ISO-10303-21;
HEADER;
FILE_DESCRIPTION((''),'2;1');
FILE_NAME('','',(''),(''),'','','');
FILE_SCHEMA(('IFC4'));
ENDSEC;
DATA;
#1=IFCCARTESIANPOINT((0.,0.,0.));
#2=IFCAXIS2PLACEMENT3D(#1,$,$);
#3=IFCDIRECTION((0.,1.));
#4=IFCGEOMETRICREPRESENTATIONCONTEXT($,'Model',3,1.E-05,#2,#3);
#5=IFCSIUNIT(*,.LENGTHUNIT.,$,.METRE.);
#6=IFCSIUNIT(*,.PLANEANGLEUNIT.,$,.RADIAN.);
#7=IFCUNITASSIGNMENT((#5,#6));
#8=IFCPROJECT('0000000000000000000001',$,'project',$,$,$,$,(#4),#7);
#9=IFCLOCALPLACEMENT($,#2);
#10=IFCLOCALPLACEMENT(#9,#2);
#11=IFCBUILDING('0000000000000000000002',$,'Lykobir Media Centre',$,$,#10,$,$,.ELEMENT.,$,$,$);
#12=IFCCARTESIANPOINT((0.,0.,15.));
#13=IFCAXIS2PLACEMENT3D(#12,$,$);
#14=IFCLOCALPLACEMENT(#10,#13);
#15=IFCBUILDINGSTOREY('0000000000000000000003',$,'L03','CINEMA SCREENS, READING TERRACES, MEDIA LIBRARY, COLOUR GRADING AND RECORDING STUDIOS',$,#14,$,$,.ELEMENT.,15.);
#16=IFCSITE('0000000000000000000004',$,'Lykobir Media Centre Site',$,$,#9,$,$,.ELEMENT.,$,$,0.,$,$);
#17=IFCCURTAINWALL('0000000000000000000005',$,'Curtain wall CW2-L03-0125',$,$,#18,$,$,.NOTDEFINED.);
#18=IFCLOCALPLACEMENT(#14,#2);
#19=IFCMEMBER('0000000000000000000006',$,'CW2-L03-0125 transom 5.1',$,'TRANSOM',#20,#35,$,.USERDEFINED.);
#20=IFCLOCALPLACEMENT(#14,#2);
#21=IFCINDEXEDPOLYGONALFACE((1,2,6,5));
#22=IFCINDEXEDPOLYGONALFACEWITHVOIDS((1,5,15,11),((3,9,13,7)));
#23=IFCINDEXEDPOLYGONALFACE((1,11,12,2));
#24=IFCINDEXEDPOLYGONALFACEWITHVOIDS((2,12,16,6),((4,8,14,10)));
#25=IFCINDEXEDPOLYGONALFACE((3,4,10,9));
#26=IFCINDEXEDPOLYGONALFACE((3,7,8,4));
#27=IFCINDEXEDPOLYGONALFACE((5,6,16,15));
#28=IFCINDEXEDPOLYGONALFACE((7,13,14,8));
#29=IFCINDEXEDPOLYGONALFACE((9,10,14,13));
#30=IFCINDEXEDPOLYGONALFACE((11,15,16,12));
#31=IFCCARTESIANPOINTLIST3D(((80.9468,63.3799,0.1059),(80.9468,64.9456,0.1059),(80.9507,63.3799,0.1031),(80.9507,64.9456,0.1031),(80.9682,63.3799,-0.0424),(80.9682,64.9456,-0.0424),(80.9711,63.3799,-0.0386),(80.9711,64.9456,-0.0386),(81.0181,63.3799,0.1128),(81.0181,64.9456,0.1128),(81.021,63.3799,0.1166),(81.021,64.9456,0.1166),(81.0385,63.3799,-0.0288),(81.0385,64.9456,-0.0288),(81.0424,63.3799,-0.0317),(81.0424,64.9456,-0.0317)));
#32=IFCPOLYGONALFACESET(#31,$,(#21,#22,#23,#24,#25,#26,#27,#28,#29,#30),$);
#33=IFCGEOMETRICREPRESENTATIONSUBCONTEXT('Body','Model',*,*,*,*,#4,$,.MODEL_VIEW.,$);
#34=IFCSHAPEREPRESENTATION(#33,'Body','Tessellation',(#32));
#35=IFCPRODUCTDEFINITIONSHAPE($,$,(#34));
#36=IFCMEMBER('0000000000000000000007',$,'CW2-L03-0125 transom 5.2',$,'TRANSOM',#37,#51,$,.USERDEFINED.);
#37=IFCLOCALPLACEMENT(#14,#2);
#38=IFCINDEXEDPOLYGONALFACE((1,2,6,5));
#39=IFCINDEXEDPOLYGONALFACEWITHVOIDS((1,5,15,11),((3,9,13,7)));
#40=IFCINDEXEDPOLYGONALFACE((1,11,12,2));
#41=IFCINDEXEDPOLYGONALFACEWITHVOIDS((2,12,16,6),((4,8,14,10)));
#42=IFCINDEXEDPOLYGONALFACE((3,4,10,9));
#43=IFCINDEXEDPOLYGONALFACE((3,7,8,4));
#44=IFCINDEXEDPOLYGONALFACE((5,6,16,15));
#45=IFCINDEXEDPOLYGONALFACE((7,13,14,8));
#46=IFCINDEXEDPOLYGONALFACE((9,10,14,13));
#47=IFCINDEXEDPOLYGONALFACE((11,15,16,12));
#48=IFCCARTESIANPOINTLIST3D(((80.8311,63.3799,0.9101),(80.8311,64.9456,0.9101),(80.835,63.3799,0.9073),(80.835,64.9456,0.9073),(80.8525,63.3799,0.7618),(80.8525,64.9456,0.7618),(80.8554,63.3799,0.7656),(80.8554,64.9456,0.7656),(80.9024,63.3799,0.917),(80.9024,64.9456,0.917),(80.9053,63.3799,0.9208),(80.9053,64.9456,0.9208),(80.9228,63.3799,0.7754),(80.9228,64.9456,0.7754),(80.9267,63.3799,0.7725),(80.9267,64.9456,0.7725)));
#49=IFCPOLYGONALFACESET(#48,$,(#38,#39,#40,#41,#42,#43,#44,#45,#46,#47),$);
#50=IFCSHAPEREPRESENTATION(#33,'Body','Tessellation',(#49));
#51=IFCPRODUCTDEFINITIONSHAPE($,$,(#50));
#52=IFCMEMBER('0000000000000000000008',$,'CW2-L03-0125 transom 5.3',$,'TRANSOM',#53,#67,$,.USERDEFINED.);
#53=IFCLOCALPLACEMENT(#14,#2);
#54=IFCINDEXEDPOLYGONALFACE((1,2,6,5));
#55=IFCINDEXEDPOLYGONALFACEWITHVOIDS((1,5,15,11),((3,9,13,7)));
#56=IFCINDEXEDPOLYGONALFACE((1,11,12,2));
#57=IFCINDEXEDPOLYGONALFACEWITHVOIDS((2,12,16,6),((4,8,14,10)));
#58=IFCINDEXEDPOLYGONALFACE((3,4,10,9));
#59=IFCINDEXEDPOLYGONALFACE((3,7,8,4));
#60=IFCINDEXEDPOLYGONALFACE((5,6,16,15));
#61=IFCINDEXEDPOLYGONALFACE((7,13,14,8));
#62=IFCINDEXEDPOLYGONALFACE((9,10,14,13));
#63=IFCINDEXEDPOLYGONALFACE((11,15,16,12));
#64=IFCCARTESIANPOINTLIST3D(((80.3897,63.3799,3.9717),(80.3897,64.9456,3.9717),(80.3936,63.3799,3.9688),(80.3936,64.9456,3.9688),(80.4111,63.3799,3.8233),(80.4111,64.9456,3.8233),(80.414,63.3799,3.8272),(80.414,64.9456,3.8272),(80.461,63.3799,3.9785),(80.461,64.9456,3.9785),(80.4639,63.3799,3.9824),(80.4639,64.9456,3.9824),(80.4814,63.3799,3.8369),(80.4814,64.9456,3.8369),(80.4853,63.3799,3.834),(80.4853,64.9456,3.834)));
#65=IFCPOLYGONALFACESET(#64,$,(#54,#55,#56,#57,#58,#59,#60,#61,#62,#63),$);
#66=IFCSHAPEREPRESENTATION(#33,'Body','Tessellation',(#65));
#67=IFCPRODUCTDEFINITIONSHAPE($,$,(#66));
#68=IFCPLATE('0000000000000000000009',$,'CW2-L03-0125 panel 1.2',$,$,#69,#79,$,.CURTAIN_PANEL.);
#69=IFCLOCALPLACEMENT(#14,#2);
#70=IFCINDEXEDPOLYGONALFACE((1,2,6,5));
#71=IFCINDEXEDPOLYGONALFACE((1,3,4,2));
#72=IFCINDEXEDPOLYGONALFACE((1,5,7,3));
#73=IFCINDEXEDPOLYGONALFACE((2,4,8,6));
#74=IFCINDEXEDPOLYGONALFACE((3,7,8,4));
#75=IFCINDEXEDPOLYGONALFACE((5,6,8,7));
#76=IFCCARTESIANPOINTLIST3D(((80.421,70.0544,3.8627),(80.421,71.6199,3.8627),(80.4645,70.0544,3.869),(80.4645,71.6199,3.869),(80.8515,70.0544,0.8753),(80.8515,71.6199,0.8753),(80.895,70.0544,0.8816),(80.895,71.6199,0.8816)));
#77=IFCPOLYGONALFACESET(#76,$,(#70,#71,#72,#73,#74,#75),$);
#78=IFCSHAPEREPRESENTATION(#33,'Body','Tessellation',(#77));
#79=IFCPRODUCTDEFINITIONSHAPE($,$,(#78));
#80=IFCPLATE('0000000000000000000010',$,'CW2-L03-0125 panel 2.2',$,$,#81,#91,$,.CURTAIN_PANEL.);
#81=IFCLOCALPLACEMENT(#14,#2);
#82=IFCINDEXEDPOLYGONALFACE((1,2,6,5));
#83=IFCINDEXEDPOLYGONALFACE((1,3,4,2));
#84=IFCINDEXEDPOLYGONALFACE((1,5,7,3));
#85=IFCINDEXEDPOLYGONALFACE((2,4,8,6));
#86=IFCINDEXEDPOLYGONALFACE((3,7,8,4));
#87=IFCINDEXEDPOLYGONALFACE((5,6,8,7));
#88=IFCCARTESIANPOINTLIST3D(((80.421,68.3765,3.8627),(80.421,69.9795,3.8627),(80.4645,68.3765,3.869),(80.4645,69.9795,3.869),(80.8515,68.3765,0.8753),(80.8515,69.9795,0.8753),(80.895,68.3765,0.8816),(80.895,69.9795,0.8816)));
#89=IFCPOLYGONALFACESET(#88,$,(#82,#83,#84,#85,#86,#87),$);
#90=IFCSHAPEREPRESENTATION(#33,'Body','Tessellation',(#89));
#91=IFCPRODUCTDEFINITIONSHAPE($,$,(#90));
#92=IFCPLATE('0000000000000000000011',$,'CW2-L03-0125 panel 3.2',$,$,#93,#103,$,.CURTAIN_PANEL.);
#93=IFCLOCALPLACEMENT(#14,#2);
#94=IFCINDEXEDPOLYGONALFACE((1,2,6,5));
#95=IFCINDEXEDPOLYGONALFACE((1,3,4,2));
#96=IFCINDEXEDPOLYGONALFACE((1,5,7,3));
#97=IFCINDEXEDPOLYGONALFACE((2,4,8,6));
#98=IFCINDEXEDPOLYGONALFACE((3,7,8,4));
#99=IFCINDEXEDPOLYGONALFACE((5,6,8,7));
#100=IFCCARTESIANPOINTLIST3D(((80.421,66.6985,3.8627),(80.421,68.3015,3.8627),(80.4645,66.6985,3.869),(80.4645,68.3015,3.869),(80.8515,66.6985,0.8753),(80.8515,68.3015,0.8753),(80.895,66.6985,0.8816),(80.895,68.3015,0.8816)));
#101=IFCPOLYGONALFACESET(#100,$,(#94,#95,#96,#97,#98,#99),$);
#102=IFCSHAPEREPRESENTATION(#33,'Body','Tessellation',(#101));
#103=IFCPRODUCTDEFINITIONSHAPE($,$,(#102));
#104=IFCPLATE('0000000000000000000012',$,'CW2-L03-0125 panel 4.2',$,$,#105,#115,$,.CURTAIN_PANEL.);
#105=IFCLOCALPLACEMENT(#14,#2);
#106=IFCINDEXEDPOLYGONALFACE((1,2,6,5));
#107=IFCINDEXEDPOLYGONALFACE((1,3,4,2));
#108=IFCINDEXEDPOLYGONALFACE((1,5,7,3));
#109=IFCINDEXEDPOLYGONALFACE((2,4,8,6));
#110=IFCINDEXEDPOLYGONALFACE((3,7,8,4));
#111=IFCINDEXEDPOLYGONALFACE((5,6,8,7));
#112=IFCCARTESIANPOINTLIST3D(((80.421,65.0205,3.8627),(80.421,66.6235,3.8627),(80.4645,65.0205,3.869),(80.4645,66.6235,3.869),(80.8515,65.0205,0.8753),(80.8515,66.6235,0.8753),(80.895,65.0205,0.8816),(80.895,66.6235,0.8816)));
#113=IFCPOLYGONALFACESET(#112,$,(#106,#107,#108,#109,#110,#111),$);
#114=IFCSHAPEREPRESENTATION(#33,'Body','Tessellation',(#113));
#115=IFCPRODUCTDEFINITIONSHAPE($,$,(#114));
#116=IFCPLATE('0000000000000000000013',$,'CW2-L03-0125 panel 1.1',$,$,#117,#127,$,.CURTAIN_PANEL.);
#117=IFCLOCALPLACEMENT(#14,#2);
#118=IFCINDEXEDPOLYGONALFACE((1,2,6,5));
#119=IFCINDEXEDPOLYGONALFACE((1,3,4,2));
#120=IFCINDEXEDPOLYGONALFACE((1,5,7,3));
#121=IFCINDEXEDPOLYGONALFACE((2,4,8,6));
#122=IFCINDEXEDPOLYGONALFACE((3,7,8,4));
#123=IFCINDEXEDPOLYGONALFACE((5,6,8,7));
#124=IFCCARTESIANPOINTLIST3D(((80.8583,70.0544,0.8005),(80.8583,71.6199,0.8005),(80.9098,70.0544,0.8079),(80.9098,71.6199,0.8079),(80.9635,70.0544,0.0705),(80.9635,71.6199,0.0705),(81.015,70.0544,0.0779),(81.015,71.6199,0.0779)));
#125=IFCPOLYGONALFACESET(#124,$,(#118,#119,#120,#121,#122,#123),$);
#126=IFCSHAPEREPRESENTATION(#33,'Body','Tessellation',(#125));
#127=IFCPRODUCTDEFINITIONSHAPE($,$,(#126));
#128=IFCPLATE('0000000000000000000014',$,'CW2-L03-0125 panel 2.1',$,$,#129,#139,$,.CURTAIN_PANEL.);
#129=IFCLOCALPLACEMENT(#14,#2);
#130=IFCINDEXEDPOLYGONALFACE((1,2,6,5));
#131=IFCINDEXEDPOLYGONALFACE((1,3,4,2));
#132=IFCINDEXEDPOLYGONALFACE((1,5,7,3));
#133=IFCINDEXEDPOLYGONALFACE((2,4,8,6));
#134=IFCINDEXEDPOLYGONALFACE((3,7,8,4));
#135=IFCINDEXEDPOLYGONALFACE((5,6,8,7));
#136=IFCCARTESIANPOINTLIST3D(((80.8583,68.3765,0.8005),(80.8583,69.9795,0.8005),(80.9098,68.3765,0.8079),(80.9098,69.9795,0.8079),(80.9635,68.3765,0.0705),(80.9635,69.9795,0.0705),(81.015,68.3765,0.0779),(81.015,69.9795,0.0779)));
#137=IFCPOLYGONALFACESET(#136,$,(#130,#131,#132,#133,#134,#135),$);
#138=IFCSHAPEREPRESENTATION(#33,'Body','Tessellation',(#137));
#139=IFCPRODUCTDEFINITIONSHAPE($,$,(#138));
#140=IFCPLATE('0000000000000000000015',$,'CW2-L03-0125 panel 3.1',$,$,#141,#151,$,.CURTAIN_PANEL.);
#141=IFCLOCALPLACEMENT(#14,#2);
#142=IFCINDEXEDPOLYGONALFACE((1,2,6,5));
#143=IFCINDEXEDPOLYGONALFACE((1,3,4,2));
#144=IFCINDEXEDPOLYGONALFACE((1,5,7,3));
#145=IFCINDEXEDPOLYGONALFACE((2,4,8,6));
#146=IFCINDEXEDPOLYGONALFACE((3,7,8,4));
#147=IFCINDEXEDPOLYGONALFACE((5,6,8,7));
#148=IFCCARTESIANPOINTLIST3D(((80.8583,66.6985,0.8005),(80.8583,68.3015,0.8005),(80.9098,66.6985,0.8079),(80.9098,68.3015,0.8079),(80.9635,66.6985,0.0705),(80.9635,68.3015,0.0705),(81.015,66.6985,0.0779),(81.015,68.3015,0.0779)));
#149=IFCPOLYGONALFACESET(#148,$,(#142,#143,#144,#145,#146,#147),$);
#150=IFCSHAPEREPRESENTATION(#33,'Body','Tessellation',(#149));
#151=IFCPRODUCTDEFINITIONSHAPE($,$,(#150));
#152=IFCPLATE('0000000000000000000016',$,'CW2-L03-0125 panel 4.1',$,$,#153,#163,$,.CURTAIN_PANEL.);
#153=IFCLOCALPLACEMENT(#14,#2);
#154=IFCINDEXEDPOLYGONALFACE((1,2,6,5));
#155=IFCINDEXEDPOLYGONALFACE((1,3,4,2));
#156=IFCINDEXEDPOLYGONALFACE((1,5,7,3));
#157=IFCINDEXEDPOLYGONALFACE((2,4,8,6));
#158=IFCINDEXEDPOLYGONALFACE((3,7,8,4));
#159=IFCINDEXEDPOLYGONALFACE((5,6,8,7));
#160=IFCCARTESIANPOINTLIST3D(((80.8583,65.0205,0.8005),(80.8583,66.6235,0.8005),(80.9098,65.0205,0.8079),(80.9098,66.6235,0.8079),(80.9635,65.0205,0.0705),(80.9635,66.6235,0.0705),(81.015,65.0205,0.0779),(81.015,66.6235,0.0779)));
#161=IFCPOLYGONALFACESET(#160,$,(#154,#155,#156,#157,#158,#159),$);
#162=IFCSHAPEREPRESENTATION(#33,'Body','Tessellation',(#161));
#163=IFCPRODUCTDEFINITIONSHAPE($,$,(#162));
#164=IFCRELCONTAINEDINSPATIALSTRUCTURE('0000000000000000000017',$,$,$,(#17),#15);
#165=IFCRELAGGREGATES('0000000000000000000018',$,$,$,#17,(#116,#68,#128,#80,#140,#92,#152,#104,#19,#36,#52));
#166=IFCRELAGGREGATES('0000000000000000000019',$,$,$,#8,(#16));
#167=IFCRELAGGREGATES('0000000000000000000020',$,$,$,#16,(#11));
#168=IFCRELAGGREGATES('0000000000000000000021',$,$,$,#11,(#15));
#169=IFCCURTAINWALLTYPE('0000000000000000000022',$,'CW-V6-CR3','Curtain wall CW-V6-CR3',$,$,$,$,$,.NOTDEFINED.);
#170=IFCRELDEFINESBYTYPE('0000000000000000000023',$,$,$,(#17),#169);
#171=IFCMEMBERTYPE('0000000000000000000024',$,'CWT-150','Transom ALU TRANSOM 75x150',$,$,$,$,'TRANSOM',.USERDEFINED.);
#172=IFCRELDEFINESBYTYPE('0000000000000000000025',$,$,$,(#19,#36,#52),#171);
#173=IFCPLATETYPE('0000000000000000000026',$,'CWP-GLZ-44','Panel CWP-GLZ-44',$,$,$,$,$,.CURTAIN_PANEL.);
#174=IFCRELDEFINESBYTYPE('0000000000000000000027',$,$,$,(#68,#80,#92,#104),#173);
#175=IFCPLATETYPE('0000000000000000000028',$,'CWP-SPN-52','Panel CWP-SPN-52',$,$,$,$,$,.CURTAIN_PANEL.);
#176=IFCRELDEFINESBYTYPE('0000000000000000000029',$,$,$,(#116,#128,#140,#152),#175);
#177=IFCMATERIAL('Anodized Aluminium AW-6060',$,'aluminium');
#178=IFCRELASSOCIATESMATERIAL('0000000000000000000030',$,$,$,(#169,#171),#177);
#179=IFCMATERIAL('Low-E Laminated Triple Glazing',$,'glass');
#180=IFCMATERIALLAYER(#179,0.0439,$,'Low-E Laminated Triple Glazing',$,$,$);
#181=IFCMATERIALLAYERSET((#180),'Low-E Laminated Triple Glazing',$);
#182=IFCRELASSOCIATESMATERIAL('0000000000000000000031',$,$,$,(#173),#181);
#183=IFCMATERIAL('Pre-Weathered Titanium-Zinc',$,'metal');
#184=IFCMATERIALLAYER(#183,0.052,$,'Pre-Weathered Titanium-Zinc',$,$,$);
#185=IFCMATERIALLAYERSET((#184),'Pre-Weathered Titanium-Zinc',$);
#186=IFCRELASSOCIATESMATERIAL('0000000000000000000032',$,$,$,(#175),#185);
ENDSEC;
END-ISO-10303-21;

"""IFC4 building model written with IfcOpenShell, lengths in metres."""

from ifc_helpers import new_model, si_unit, direction, frame, origin, origin_2d, place, context, subcontext, project, spatial, rectangle, hollow_rectangle, extrude, material, layer, layer_set, material_profile, profile_set, type_object, element, aggregate, save


model = new_model("IFC4")

# Units and contexts
model_context = context("Model", 3, precision=1e-05, world=origin(), true_north=direction((0.0, 1.0)))
body_context = subcontext(model_context, "Body", "Model", "MODEL_VIEW")
ifc_project = project(units=[si_unit("LENGTHUNIT", "METRE"), si_unit("PLANEANGLEUNIT", "RADIAN")], contexts=[model_context])

# Site, building, storey
site_placement = place(None, origin())
site = spatial("IfcSite", under=ifc_project, at=site_placement, Name="Lykobir Media Centre Site", CompositionType="ELEMENT", RefElevation=0.0)
building_placement = place(site_placement, origin())
building = spatial("IfcBuilding", under=site, at=building_placement, Name="Lykobir Media Centre", CompositionType="ELEMENT")
storey_placement = place(building_placement, frame((0.0, 0.0, 15.0)))
storey = spatial("IfcBuildingStorey", under=building, at=storey_placement, Name="L03", Description="CINEMA SCREENS, READING TERRACES, MEDIA LIBRARY, COLOUR GRADING AND RECORDING STUDIOS", CompositionType="ELEMENT", Elevation=15.0)

# Curtain wall, members, plates
ifc_material_1 = material(Name="Anodized Aluminium AW-6060", Category="aluminium")
curtain_wall_type = type_object("IfcCurtainWallType", Name="CW-V6-CR3", Description="Curtain wall CW-V6-CR3", PredefinedType="NOTDEFINED", material=ifc_material_1)
curtain_wall_placement = place(storey_placement, origin())
curtain_wall = element("IfcCurtainWall", 1, at=curtain_wall_placement, inside=storey, type_object=curtain_wall_type, Name="Curtain wall CW2-L03-0125", PredefinedType="NOTDEFINED")
ifc_material_profile_1 = material_profile(ifc_material_1, hollow_rectangle(XDim=0.075, YDim=0.1499, WallThickness=0.0034, at=origin_2d()), Name="ALU TRANSOM 75x150")
ifc_profile_set_1 = profile_set([ifc_material_profile_1], Name="Anodized Aluminium AW-6060")
member_type_1 = type_object("IfcMemberType", Name="CWT-150", Description="Transom ALU TRANSOM 75x150", ElementType="TRANSOM", PredefinedType="USERDEFINED", material=ifc_profile_set_1)
member_1_placement = place(storey_placement, frame((80.9946, 64.9456, 0.0371), z_axis=(0.0, -1.0, 0.0), x_axis=(0.989776, 0.0, 0.142629)))
member_1 = element("IfcMember", 2, at=member_1_placement, type_object=member_type_1, Name="CW2-L03-0125 transom 5.1", ObjectType="TRANSOM", PredefinedType="USERDEFINED", context=body_context, shape_type="SweptSolid", body=[
    extrude(hollow_rectangle(XDim=0.075, YDim=0.1499, WallThickness=0.0034, at=origin_2d()), origin(), (0.0, 0.0, 1.0), 1.5657),
])
member_2_placement = place(storey_placement, frame((80.8789, 64.9456, 0.8413), z_axis=(0.0, -1.0, 0.0), x_axis=(0.989776, 0.0, 0.142629)))
member_2 = element("IfcMember", 3, at=member_2_placement, type_object=member_type_1, Name="CW2-L03-0125 transom 5.2", ObjectType="TRANSOM", PredefinedType="USERDEFINED", context=body_context, shape_type="SweptSolid", body=[
    extrude(hollow_rectangle(XDim=0.075, YDim=0.1499, WallThickness=0.0034, at=origin_2d()), origin(), (0.0, 0.0, 1.0), 1.5657),
])
member_3_placement = place(storey_placement, frame((80.4375, 64.9456, 3.9028), z_axis=(0.0, -1.0, 0.0), x_axis=(0.989776, 0.0, 0.142629)))
member_3 = element("IfcMember", 4, at=member_3_placement, type_object=member_type_1, Name="CW2-L03-0125 transom 5.3", ObjectType="TRANSOM", PredefinedType="USERDEFINED", context=body_context, shape_type="SweptSolid", body=[
    extrude(hollow_rectangle(XDim=0.075, YDim=0.1499, WallThickness=0.0034, at=origin_2d()), origin(), (0.0, 0.0, 1.0), 1.5657),
])
ifc_material_2 = material(Name="Low-E Laminated Triple Glazing", Category="glass")
ifc_layer_1 = layer(ifc_material_2, 0.0439, Name="Low-E Laminated Triple Glazing")
ifc_layer_set_1 = layer_set([ifc_layer_1], Name="Low-E Laminated Triple Glazing")
plate_type_1 = type_object("IfcPlateType", Name="CWP-GLZ-44", Description="Panel CWP-GLZ-44", PredefinedType="CURTAIN_PANEL", material=ifc_layer_set_1)
plate_1_placement = place(storey_placement, frame((80.8733, 70.8372, 0.8784), z_axis=(-0.142629, 0.0, 0.989776), x_axis=(0.0, -1.0, 0.0)))
plate_1 = element("IfcPlate", 5, at=plate_1_placement, type_object=plate_type_1, Name="CW2-L03-0125 panel 1.2", PredefinedType="CURTAIN_PANEL", context=body_context, shape_type="SweptSolid", body=[
    extrude(rectangle(XDim=1.5654, YDim=0.0439, at=origin_2d()), origin(), (0.0, 0.0, 1.0), 3.0183),
])
plate_2_placement = place(storey_placement, frame((80.8733, 69.178, 0.8784), z_axis=(-0.142629, 0.0, 0.989776), x_axis=(0.0, -1.0, 0.0)))
plate_2 = element("IfcPlate", 6, at=plate_2_placement, type_object=plate_type_1, Name="CW2-L03-0125 panel 2.2", PredefinedType="CURTAIN_PANEL", context=body_context, shape_type="SweptSolid", body=[
    extrude(rectangle(XDim=1.603, YDim=0.0439, at=origin_2d()), origin(), (0.0, 0.0, 1.0), 3.0183),
])
plate_3_placement = place(storey_placement, frame((80.8733, 67.5, 0.8784), z_axis=(-0.142629, 0.0, 0.989776), x_axis=(0.0, -1.0, 0.0)))
plate_3 = element("IfcPlate", 7, at=plate_3_placement, type_object=plate_type_1, Name="CW2-L03-0125 panel 3.2", PredefinedType="CURTAIN_PANEL", context=body_context, shape_type="SweptSolid", body=[
    extrude(rectangle(XDim=1.603, YDim=0.0439, at=origin_2d()), origin(), (0.0, 0.0, 1.0), 3.0183),
])
plate_4_placement = place(storey_placement, frame((80.8733, 65.822, 0.8784), z_axis=(-0.142629, 0.0, 0.989776), x_axis=(0.0, -1.0, 0.0)))
plate_4 = element("IfcPlate", 8, at=plate_4_placement, type_object=plate_type_1, Name="CW2-L03-0125 panel 4.2", PredefinedType="CURTAIN_PANEL", context=body_context, shape_type="SweptSolid", body=[
    extrude(rectangle(XDim=1.603, YDim=0.0439, at=origin_2d()), origin(), (0.0, 0.0, 1.0), 3.0183),
])
ifc_material_3 = material(Name="Pre-Weathered Titanium-Zinc", Category="metal")
ifc_layer_2 = layer(ifc_material_3, 0.052, Name="Pre-Weathered Titanium-Zinc")
ifc_layer_set_2 = layer_set([ifc_layer_2], Name="Pre-Weathered Titanium-Zinc")
plate_type_2 = type_object("IfcPlateType", Name="CWP-SPN-52", Description="Panel CWP-SPN-52", PredefinedType="CURTAIN_PANEL", material=ifc_layer_set_2)
plate_5_placement = place(storey_placement, frame((80.9893, 70.8372, 0.0742), z_axis=(-0.142629, 0.0, 0.989776), x_axis=(0.0, -1.0, 0.0)))
plate_5 = element("IfcPlate", 9, at=plate_5_placement, type_object=plate_type_2, Name="CW2-L03-0125 panel 1.1", PredefinedType="CURTAIN_PANEL", context=body_context, shape_type="SweptSolid", body=[
    extrude(rectangle(XDim=1.5654, YDim=0.052, at=origin_2d()), origin(), (0.0, 0.0, 1.0), 0.7375),
])
plate_6_placement = place(storey_placement, frame((80.9893, 69.178, 0.0742), z_axis=(-0.142629, 0.0, 0.989776), x_axis=(0.0, -1.0, 0.0)))
plate_6 = element("IfcPlate", 10, at=plate_6_placement, type_object=plate_type_2, Name="CW2-L03-0125 panel 2.1", PredefinedType="CURTAIN_PANEL", context=body_context, shape_type="SweptSolid", body=[
    extrude(rectangle(XDim=1.603, YDim=0.052, at=origin_2d()), origin(), (0.0, 0.0, 1.0), 0.7375),
])
plate_7_placement = place(storey_placement, frame((80.9893, 67.5, 0.0742), z_axis=(-0.142629, 0.0, 0.989776), x_axis=(0.0, -1.0, 0.0)))
plate_7 = element("IfcPlate", 11, at=plate_7_placement, type_object=plate_type_2, Name="CW2-L03-0125 panel 3.1", PredefinedType="CURTAIN_PANEL", context=body_context, shape_type="SweptSolid", body=[
    extrude(rectangle(XDim=1.603, YDim=0.052, at=origin_2d()), origin(), (0.0, 0.0, 1.0), 0.7375),
])
plate_8_placement = place(storey_placement, frame((80.9893, 65.822, 0.0742), z_axis=(-0.142629, 0.0, 0.989776), x_axis=(0.0, -1.0, 0.0)))
plate_8 = element("IfcPlate", 12, at=plate_8_placement, type_object=plate_type_2, Name="CW2-L03-0125 panel 4.1", PredefinedType="CURTAIN_PANEL", context=body_context, shape_type="SweptSolid", body=[
    extrude(rectangle(XDim=1.603, YDim=0.052, at=origin_2d()), origin(), (0.0, 0.0, 1.0), 0.7375),
])
aggregate(curtain_wall, [plate_5, plate_1, plate_6, plate_2, plate_7, plate_3, plate_8, plate_4, member_1, member_2, member_3])

save(model, "model.ifc")
